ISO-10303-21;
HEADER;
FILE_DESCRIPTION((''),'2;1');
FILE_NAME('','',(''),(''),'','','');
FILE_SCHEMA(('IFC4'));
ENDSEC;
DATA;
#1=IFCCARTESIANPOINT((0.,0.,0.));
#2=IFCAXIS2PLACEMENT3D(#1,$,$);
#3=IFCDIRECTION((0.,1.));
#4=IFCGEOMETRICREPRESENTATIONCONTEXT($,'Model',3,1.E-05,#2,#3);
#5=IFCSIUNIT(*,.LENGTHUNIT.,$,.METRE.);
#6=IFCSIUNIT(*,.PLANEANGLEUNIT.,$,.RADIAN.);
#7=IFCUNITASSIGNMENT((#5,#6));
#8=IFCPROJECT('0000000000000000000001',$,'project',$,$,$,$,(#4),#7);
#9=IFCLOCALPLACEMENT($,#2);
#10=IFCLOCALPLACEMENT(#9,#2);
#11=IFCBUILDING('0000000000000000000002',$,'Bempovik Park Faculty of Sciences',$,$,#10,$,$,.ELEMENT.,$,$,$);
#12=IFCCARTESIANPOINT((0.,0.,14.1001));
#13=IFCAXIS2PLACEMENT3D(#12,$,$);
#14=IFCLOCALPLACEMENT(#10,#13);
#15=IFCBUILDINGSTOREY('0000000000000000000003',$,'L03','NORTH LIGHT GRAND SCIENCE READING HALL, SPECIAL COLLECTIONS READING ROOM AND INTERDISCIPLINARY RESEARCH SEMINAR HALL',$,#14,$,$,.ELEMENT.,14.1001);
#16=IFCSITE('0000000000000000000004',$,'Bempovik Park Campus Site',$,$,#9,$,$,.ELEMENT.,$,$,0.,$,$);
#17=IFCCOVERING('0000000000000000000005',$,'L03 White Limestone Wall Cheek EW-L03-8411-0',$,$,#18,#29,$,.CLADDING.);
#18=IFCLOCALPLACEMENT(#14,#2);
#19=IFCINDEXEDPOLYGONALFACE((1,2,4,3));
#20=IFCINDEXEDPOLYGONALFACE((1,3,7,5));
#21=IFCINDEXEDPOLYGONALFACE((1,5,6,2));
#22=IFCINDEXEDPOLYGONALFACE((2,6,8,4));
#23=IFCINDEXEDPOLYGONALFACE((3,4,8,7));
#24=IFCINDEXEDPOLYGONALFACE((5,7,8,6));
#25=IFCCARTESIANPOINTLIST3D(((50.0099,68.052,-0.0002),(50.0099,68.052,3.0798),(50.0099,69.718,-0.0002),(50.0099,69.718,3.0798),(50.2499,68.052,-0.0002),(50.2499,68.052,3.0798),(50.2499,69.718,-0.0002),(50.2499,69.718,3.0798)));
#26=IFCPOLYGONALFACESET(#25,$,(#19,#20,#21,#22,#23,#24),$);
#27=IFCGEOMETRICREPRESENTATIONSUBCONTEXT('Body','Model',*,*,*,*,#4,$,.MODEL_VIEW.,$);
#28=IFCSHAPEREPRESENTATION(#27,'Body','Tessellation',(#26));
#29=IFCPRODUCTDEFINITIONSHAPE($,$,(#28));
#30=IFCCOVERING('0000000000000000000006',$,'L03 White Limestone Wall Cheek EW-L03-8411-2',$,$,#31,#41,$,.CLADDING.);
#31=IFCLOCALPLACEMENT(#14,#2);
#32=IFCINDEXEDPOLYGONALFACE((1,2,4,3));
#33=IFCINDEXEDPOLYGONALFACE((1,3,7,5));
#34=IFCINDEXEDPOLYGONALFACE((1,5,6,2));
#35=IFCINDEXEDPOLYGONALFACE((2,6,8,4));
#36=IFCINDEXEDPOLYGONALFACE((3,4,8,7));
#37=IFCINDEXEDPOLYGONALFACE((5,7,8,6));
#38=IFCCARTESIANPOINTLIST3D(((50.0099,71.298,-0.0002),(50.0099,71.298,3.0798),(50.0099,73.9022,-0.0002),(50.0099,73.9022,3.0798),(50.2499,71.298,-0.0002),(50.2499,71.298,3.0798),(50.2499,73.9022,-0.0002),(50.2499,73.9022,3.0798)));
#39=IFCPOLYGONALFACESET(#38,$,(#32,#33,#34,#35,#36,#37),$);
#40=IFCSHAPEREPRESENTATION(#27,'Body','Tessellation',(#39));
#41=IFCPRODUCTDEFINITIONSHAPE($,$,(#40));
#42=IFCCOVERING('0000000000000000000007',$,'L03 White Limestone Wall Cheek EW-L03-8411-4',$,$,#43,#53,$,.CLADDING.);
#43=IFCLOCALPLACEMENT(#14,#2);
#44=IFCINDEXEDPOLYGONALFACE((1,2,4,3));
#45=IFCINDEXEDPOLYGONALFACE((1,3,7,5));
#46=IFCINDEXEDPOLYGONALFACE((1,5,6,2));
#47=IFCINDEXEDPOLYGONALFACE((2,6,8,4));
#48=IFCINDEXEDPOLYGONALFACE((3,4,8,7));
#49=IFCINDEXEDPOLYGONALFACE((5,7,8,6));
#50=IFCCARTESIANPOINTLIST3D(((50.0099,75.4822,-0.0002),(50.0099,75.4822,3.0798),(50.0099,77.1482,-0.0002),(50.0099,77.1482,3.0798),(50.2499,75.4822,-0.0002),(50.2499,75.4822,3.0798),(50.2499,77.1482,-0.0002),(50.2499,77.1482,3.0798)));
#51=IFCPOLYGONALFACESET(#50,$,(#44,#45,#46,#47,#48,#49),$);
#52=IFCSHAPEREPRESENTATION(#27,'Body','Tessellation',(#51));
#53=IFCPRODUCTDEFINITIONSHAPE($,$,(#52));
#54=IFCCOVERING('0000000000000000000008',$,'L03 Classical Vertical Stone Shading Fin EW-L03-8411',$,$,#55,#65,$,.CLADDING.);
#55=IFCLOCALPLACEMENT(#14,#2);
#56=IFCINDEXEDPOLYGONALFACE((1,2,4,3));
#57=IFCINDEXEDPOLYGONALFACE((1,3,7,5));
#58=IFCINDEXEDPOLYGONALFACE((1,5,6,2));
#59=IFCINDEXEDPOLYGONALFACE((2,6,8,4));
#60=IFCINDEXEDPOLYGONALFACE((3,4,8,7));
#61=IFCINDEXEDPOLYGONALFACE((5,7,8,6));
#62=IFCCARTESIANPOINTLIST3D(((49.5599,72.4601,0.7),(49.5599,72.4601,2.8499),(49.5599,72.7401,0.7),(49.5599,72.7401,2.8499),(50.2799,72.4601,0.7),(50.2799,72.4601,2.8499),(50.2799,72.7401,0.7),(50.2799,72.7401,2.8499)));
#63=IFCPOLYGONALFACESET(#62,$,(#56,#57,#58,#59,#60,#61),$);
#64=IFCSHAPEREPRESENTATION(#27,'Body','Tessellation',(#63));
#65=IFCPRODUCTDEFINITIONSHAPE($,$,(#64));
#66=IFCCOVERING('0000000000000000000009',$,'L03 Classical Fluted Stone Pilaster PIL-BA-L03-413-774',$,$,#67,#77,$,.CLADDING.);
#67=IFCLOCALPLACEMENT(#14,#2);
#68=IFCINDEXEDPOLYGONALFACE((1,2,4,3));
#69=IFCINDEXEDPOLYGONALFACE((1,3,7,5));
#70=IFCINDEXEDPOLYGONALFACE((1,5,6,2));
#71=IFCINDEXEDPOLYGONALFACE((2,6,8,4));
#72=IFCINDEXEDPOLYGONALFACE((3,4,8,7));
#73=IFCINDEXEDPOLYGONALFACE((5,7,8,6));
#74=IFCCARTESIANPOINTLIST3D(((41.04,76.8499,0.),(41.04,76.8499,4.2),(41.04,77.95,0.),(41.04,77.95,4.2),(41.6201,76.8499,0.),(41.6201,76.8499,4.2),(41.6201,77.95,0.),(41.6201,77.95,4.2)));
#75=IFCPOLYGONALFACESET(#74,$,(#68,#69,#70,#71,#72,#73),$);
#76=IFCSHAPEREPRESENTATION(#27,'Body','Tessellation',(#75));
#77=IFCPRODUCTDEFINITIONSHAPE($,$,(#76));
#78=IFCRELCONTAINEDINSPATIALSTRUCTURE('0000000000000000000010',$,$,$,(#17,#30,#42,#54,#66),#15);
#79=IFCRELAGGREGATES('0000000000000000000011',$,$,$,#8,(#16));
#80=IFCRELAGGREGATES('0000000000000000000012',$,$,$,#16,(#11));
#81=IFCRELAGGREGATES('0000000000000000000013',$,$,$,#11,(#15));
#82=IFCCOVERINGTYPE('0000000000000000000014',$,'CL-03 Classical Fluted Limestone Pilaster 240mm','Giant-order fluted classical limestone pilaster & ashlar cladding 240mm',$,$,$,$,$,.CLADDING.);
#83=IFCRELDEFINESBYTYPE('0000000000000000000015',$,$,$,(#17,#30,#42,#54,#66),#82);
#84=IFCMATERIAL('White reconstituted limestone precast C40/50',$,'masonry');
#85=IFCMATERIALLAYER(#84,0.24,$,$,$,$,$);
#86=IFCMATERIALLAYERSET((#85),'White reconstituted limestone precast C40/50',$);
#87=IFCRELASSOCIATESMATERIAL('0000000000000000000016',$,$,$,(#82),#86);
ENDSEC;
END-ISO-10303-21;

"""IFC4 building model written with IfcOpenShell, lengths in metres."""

from ifc_helpers import new_model, si_unit, direction, frame, origin, origin_2d, place, context, subcontext, project, spatial, rectangle, extrude, material, layer, layer_set, type_object, element, save


model = new_model("IFC4")

# Units and contexts
model_context = context("Model", 3, precision=1e-05, world=origin(), true_north=direction((0.0, 1.0)))
body_context = subcontext(model_context, "Body", "Model", "MODEL_VIEW")
ifc_project = project(units=[si_unit("LENGTHUNIT", "METRE"), si_unit("PLANEANGLEUNIT", "RADIAN")], contexts=[model_context])

# Site, building, storey
site_placement = place(None, origin())
site = spatial("IfcSite", under=ifc_project, at=site_placement, Name="Bempovik Park Campus Site", CompositionType="ELEMENT", RefElevation=0.0)
building_placement = place(site_placement, origin())
building = spatial("IfcBuilding", under=site, at=building_placement, Name="Bempovik Park Faculty of Sciences", CompositionType="ELEMENT")
storey_placement = place(building_placement, frame((0.0, 0.0, 14.1001)))
storey = spatial("IfcBuildingStorey", under=building, at=storey_placement, Name="L03", Description="NORTH LIGHT GRAND SCIENCE READING HALL, SPECIAL COLLECTIONS READING ROOM AND INTERDISCIPLINARY RESEARCH SEMINAR HALL", CompositionType="ELEMENT", Elevation=14.1001)

# Coverings
ifc_material_1 = material(Name="White reconstituted limestone precast C40/50", Category="masonry")
ifc_layer_1 = layer(ifc_material_1, 0.24)
ifc_layer_set_1 = layer_set([ifc_layer_1], Name="White reconstituted limestone precast C40/50")
covering_type_1 = type_object("IfcCoveringType", Name="CL-03 Classical Fluted Limestone Pilaster 240mm", Description="Giant-order fluted classical limestone pilaster & ashlar cladding 240mm", PredefinedType="CLADDING", material=ifc_layer_set_1)
covering_1_placement = place(storey_placement, frame((50.1299, 68.885, -0.0002), z_axis=(0.0, 0.0, 1.0), x_axis=(1.0, 0.0, 0.0)))
element("IfcCovering", 1, at=covering_1_placement, inside=storey, type_object=covering_type_1, Name="L03 White Limestone Wall Cheek EW-L03-8411-0", PredefinedType="CLADDING", context=body_context, shape_type="SweptSolid", body=[
    extrude(rectangle(XDim=0.24, YDim=1.666, at=origin_2d()), origin(), (0.0, 0.0, 1.0), 3.0801),
])
covering_2_placement = place(storey_placement, frame((50.1299, 72.6001, -0.0002), z_axis=(0.0, 0.0, 1.0), x_axis=(1.0, 0.0, 0.0)))
element("IfcCovering", 2, at=covering_2_placement, inside=storey, type_object=covering_type_1, Name="L03 White Limestone Wall Cheek EW-L03-8411-2", PredefinedType="CLADDING", context=body_context, shape_type="SweptSolid", body=[
    extrude(rectangle(XDim=0.24, YDim=2.6042, at=origin_2d()), origin(), (0.0, 0.0, 1.0), 3.0801),
])
covering_3_placement = place(storey_placement, frame((50.1299, 76.3152, -0.0002), z_axis=(0.0, 0.0, 1.0), x_axis=(1.0, 0.0, 0.0)))
element("IfcCovering", 3, at=covering_3_placement, inside=storey, type_object=covering_type_1, Name="L03 White Limestone Wall Cheek EW-L03-8411-4", PredefinedType="CLADDING", context=body_context, shape_type="SweptSolid", body=[
    extrude(rectangle(XDim=0.24, YDim=1.666, at=origin_2d()), origin(), (0.0, 0.0, 1.0), 3.0801),
])
covering_4_placement = place(storey_placement, frame((49.9199, 72.6001, 0.7), z_axis=(0.0, 0.0, 1.0), x_axis=(1.0, 0.0, 0.0)))
element("IfcCovering", 4, at=covering_4_placement, inside=storey, type_object=covering_type_1, Name="L03 Classical Vertical Stone Shading Fin EW-L03-8411", PredefinedType="CLADDING", context=body_context, shape_type="SweptSolid", body=[
    extrude(rectangle(XDim=0.72, YDim=0.28, at=origin_2d()), origin(), (0.0, 0.0, 1.0), 2.1499),
])
covering_5_placement = place(storey_placement, frame((41.3301, 77.3999, 0.0), z_axis=(0.0, 0.0, 1.0), x_axis=(1.0, 0.0, 0.0)))
element("IfcCovering", 5, at=covering_5_placement, inside=storey, type_object=covering_type_1, Name="L03 Classical Fluted Stone Pilaster PIL-BA-L03-413-774", PredefinedType="CLADDING", context=body_context, shape_type="SweptSolid", body=[
    extrude(rectangle(XDim=0.5801, YDim=1.1001, at=origin_2d()), origin(), (0.0, 0.0, 1.0), 4.2),
])

save(model, "model.ifc")
